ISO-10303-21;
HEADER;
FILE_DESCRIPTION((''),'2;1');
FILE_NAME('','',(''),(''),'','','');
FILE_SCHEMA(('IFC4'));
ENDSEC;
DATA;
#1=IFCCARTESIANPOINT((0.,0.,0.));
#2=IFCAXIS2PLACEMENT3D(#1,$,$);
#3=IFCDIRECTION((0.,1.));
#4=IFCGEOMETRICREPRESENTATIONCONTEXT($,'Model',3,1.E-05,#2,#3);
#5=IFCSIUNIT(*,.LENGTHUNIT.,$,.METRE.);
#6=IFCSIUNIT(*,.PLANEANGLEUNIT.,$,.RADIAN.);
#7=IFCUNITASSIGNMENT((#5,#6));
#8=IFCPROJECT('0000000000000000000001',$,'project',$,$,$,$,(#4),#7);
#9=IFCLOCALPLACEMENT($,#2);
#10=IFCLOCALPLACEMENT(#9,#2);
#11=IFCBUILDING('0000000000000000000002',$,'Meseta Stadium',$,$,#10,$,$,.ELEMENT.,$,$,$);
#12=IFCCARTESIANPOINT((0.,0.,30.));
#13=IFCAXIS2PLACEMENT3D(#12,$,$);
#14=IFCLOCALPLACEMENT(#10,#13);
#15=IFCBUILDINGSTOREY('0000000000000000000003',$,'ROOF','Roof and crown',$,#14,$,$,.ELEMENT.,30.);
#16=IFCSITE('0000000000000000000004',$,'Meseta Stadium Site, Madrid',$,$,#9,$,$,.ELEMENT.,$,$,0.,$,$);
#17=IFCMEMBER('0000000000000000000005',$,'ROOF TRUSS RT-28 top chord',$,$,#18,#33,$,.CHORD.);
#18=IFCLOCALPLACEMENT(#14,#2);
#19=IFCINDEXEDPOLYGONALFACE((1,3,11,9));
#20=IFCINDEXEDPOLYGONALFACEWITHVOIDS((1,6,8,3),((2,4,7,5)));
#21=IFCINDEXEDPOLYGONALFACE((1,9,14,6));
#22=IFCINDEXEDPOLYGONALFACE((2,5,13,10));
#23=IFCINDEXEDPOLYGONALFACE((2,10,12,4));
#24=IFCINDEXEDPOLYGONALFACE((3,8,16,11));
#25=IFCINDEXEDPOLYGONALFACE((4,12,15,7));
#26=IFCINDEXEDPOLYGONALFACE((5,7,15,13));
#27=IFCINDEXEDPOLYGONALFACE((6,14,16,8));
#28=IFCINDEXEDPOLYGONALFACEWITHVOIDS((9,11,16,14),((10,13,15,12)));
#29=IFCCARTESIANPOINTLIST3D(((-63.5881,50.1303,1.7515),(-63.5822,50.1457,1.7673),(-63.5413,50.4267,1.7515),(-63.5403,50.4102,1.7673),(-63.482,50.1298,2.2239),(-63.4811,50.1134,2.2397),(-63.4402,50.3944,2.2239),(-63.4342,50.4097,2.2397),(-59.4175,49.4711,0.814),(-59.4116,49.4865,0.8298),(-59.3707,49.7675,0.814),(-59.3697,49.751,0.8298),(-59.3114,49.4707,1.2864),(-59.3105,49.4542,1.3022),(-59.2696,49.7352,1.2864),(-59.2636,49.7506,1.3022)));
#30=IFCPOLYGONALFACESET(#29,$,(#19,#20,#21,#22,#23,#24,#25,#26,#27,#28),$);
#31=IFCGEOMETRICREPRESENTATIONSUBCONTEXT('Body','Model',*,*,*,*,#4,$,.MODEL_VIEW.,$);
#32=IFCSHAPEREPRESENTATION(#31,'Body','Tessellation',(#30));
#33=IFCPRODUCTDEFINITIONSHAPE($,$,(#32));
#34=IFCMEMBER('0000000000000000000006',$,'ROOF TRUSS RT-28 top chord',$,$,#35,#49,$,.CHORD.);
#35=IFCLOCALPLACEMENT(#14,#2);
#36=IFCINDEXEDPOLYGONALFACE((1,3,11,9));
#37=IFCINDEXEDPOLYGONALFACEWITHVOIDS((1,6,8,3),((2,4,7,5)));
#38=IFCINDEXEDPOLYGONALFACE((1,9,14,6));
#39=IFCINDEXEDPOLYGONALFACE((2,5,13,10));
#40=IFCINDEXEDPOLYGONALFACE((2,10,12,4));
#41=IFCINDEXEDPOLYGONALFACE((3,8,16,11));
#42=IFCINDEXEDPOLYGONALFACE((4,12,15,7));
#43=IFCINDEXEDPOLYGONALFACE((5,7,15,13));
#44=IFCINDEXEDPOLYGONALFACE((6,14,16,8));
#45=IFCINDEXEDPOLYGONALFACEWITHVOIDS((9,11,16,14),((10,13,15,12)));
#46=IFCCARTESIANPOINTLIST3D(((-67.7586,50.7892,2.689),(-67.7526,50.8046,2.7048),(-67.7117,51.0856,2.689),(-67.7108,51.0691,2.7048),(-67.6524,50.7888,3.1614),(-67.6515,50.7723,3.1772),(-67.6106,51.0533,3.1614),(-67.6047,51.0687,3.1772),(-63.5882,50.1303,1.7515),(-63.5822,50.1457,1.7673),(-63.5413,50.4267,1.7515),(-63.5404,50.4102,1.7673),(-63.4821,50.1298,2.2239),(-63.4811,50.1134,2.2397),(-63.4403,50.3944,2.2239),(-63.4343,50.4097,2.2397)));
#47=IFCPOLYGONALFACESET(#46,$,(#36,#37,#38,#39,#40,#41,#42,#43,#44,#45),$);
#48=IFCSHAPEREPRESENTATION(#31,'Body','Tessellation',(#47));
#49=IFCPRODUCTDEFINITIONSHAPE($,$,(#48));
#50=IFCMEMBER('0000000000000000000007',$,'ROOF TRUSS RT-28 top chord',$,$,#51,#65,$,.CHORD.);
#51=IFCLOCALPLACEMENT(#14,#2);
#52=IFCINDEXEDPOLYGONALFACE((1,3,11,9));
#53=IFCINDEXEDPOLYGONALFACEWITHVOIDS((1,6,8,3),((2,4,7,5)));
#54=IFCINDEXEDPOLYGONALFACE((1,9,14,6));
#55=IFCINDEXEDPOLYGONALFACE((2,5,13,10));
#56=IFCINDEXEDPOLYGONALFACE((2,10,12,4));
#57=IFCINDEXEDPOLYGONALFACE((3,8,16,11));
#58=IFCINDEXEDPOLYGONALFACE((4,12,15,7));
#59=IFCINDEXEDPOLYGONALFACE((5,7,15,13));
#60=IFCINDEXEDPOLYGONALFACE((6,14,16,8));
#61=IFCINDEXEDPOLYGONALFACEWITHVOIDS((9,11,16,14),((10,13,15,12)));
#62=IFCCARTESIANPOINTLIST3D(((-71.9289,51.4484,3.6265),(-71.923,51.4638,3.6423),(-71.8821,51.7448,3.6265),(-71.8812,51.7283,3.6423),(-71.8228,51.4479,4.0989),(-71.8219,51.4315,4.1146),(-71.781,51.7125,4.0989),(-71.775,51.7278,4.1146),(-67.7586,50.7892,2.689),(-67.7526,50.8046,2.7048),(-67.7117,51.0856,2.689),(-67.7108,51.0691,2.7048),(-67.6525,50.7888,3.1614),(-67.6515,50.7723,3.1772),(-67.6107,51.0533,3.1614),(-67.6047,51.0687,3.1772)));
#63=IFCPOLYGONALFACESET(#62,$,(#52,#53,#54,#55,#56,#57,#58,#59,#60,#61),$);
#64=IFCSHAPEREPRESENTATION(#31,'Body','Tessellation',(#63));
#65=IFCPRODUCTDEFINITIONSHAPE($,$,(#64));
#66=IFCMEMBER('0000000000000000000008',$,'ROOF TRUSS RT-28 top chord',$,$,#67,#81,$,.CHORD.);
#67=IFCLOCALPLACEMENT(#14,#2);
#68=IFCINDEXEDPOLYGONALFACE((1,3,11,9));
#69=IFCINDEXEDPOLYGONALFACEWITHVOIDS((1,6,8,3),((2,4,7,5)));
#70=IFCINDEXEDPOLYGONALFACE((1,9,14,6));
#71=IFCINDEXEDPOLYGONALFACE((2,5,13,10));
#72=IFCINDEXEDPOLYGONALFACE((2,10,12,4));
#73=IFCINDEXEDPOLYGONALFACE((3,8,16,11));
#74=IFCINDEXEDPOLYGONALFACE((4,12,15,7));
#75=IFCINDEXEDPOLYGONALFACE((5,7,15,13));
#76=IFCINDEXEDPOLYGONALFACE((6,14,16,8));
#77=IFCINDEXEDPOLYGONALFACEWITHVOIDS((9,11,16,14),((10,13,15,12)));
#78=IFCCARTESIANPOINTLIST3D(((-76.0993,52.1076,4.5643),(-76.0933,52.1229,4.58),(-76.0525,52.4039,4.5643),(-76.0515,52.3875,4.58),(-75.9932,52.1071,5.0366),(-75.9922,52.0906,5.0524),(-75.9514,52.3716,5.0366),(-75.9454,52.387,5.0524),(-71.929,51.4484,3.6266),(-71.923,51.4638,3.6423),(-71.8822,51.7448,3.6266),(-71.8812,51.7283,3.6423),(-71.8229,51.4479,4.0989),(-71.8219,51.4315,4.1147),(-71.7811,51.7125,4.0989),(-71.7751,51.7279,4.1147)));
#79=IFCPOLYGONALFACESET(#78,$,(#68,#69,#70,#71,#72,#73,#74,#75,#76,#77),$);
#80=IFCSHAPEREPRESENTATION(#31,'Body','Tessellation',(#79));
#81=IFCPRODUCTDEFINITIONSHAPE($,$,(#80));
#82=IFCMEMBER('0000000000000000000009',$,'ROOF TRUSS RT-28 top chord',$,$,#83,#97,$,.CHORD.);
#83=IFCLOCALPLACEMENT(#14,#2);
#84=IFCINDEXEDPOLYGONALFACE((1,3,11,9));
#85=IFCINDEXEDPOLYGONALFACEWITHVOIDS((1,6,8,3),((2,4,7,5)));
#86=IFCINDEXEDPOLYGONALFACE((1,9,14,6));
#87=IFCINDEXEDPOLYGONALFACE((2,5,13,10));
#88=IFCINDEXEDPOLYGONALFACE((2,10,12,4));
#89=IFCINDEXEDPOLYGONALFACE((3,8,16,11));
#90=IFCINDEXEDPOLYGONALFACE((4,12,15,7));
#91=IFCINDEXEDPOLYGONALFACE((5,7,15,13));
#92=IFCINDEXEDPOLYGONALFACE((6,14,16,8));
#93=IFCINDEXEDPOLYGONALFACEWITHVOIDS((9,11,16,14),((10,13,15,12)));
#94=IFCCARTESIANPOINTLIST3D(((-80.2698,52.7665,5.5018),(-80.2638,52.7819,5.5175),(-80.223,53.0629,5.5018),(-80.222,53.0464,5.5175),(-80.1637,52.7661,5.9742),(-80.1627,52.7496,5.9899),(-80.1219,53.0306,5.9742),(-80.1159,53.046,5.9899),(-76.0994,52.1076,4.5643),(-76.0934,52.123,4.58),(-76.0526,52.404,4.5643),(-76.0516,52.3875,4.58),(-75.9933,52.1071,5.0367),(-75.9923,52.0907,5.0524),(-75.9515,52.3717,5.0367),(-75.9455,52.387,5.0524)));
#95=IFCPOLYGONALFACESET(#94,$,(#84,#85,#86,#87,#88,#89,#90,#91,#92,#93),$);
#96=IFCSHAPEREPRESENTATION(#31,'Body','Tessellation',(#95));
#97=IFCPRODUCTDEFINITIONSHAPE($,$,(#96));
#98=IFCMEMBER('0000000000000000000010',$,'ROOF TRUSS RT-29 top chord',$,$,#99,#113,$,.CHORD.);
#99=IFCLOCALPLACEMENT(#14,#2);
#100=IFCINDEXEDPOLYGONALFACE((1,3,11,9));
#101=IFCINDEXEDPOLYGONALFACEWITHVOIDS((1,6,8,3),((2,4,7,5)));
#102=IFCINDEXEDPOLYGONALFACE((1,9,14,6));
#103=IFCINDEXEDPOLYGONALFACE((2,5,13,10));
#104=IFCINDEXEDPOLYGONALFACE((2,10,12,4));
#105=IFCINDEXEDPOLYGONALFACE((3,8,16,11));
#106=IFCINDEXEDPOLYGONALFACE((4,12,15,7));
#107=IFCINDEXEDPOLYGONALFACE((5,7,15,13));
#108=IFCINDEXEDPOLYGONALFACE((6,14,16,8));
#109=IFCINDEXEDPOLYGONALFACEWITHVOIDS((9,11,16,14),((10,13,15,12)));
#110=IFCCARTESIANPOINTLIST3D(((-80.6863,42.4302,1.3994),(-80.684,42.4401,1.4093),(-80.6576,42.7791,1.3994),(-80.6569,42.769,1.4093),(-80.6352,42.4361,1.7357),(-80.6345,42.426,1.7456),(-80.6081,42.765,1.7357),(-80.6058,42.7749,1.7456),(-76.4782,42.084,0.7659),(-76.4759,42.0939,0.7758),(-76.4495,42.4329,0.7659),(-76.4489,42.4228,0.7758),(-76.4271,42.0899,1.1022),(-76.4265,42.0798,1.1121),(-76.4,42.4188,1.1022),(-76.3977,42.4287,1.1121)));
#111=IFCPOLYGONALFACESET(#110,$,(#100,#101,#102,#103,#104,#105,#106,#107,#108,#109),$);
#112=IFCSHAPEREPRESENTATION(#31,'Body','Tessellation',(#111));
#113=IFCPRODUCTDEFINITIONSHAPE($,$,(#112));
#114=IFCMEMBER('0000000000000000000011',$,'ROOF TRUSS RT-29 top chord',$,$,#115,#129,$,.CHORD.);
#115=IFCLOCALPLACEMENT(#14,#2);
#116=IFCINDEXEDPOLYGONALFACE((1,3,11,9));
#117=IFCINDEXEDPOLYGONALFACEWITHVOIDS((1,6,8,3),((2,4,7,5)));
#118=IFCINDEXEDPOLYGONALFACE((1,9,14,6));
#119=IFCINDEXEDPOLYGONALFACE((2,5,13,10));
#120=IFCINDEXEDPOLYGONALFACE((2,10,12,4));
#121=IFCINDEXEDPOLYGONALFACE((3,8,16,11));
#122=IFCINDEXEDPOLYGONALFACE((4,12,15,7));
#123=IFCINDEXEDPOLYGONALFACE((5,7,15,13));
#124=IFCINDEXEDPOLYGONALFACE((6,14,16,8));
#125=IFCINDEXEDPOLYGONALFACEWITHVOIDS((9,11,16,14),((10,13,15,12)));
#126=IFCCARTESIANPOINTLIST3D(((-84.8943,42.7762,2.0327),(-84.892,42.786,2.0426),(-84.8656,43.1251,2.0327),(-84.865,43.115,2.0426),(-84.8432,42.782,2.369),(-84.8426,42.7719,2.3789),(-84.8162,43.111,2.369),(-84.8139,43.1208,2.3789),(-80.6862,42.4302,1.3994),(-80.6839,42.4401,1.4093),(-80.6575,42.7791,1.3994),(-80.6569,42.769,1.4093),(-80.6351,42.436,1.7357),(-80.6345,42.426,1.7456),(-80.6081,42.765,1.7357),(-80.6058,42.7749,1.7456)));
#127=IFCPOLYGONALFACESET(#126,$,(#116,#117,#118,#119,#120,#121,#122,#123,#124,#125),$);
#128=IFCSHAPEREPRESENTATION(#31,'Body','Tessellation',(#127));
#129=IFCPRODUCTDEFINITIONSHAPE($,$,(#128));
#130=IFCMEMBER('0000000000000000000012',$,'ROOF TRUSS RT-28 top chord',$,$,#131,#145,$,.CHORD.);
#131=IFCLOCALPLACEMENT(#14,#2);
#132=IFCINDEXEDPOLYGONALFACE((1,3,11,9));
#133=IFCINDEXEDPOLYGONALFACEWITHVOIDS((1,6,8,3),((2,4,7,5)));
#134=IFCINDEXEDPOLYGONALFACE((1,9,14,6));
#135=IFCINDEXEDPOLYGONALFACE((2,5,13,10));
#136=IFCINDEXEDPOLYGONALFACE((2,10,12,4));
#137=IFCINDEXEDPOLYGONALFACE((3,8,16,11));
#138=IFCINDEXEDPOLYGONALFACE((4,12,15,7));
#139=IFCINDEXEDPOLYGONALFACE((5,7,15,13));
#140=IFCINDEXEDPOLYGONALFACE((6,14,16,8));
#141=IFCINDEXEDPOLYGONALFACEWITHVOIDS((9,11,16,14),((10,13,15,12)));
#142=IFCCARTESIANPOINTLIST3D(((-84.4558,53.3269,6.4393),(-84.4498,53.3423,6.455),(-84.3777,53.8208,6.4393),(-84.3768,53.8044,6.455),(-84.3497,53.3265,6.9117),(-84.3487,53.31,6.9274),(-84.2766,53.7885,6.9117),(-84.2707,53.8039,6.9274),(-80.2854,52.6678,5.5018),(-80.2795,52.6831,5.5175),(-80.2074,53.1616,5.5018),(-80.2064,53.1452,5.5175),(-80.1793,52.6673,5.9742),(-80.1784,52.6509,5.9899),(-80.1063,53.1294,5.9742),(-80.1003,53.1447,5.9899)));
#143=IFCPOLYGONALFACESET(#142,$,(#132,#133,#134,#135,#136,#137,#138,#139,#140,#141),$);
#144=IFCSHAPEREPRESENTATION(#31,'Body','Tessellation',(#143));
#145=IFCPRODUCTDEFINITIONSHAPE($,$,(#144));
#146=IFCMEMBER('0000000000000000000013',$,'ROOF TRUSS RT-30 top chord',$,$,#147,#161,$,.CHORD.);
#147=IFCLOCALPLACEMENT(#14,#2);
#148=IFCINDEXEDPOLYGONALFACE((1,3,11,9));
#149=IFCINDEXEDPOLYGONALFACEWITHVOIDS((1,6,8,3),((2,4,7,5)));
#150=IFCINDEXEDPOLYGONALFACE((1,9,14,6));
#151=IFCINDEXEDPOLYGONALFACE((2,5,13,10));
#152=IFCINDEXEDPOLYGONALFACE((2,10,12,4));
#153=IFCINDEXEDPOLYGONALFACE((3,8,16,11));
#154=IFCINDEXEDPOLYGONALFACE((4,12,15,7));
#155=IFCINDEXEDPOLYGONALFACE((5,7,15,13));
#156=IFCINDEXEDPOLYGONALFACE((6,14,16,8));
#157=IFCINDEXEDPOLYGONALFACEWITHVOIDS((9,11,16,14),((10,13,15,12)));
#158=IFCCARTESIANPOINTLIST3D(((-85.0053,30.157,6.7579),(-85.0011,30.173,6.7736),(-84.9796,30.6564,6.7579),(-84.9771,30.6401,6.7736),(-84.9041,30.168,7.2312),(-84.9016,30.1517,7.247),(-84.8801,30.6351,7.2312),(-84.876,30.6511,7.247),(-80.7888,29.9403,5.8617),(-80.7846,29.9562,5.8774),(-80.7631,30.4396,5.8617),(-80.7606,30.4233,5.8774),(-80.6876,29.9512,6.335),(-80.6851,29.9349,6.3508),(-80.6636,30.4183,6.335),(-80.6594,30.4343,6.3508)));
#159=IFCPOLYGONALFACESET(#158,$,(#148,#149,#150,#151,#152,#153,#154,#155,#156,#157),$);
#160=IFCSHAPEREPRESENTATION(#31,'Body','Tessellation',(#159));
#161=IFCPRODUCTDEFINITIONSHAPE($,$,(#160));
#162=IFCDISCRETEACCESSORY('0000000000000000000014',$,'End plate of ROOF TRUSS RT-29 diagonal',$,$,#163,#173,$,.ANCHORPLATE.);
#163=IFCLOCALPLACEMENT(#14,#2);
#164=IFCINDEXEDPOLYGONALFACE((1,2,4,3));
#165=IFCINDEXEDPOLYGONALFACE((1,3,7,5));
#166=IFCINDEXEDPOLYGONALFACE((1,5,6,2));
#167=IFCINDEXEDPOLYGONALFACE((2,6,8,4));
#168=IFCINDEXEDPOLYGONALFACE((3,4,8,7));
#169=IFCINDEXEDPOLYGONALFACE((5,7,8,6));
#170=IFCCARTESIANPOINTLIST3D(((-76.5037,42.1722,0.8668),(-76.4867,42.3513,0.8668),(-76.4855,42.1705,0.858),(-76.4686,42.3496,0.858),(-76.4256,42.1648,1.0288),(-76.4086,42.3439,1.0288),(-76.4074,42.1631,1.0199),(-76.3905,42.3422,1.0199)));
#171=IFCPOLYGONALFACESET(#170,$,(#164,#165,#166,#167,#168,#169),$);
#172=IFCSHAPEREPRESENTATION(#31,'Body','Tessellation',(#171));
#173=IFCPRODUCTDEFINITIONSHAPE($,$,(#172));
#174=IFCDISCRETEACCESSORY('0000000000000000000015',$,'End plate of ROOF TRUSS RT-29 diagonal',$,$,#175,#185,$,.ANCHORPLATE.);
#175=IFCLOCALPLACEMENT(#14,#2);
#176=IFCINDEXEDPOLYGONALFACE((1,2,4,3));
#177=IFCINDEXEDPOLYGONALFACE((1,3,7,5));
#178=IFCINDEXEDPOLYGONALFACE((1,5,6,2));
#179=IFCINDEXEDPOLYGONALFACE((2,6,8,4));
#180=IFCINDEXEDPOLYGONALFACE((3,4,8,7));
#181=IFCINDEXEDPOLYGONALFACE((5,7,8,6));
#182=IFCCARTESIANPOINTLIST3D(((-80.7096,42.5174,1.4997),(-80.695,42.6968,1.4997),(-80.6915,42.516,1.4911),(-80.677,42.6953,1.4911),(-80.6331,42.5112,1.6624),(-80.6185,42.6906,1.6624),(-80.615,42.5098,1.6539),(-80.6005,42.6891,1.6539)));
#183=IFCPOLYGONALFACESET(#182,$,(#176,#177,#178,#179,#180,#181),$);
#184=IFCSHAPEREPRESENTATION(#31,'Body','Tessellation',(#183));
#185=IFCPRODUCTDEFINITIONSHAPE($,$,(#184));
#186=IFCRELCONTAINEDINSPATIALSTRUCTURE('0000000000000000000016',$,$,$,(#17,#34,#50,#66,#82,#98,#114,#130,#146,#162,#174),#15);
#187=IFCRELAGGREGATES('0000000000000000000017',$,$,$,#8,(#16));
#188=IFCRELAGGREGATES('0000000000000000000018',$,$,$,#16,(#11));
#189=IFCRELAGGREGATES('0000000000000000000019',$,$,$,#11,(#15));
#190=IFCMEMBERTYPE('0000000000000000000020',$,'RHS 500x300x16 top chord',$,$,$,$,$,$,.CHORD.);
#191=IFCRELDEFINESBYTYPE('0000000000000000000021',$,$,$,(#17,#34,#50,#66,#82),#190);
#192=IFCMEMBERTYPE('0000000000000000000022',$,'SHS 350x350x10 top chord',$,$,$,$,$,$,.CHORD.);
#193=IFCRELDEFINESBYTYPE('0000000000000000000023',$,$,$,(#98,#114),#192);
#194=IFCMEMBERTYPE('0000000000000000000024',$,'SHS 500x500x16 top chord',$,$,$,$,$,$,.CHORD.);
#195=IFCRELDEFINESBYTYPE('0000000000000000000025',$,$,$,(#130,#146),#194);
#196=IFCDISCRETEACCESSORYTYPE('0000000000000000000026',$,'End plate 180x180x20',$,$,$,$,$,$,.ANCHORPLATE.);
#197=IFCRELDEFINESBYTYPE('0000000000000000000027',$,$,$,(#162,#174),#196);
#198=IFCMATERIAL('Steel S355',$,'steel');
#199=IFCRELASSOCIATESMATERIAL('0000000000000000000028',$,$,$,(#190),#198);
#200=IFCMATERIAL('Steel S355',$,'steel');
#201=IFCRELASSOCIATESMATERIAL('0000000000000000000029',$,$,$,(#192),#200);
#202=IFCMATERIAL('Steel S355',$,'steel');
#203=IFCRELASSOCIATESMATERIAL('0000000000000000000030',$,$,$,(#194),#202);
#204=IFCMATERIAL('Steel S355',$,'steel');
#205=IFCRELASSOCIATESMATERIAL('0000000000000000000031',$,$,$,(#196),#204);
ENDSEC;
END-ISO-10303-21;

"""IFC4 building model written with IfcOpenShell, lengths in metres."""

from ifc_helpers import new_model, si_unit, direction, frame, origin, origin_2d, place, context, subcontext, project, spatial, rectangle, hollow_rectangle, extrude, material, material_profile, profile_set, type_object, element, save


model = new_model("IFC4")

# Units and contexts
model_context = context("Model", 3, precision=1e-05, world=origin(), true_north=direction((0.0, 1.0)))
body_context = subcontext(model_context, "Body", "Model", "MODEL_VIEW")
ifc_project = project(units=[si_unit("LENGTHUNIT", "METRE"), si_unit("PLANEANGLEUNIT", "RADIAN")], contexts=[model_context])

# Site, building, storey
site_placement = place(None, origin())
site = spatial("IfcSite", under=ifc_project, at=site_placement, Name="Meseta Stadium Site, Madrid", CompositionType="ELEMENT", RefElevation=0.0)
building_placement = place(site_placement, origin())
building = spatial("IfcBuilding", under=site, at=building_placement, Name="Meseta Stadium", CompositionType="ELEMENT")
storey_placement = place(building_placement, frame((0.0, 0.0, 30.0)))
storey = spatial("IfcBuildingStorey", under=building, at=storey_placement, Name="ROOF", Description="Roof and crown", CompositionType="ELEMENT", Elevation=30.0)

# Members
ifc_material_1 = material(Name="Steel S355", Category="steel")
ifc_material_profile_1 = material_profile(ifc_material_1, hollow_rectangle(XDim=0.3, YDim=0.5, WallThickness=0.0161, at=origin_2d()), Name="RHS 500x300x16")
ifc_profile_set_1 = profile_set([ifc_material_profile_1], Name="Steel S355")
member_type_1 = type_object("IfcMemberType", Name="RHS 500x300x16 top chord", PredefinedType="CHORD", material=ifc_profile_set_1)
member_1_placement = place(storey_placement, frame((-59.3406, 49.6108, 1.0581), z_axis=(-0.964258, 0.152403, 0.216751), x_axis=(-0.156114, -0.987739, 0.0)))
element("IfcMember", 1, at=member_1_placement, inside=storey, type_object=member_type_1, Name="ROOF TRUSS RT-28 top chord", PredefinedType="CHORD", context=body_context, shape_type="SweptSolid", body=[
    extrude(hollow_rectangle(XDim=0.3, YDim=0.5, WallThickness=0.0161, at=origin_2d()), origin(), (0.0, 0.0, 1.0), 4.3252),
])
for number, where, z_axis, x_axis, name in (
    (2, (-63.5112, 50.27, 1.9956), (-0.964262, 0.152356, 0.216764), (-0.156066, -0.987747, 0.0), "ROOF TRUSS RT-28 top chord"),
    (3, (-67.6816, 50.929, 2.9331), (-0.964254, 0.152411, 0.216762), (-0.156123, -0.987738, 0.0), "ROOF TRUSS RT-28 top chord"),
    (4, (-71.8521, 51.5881, 3.8706), (-0.964242, 0.152409, 0.216816), (-0.156123, -0.987738, 0.0), "ROOF TRUSS RT-28 top chord"),
    (5, (-76.0225, 52.2473, 4.8083), (-0.964262, 0.152356, 0.216764), (-0.156066, -0.987747, 0.0), "ROOF TRUSS RT-28 top chord"),
):
    element("IfcMember", number, at=place(storey_placement, frame(where, z_axis=z_axis, x_axis=x_axis)), inside=storey, type_object=member_type_1, Name=name, PredefinedType="CHORD", context=body_context, shape_type="SweptSolid", body=[
        extrude(hollow_rectangle(XDim=0.3, YDim=0.5, WallThickness=0.0161, at=origin_2d()), origin(), (0.0, 0.0, 1.0), 4.325),
    ])
ifc_material_2 = material(Name="Steel S355", Category="steel")
ifc_material_profile_2 = material_profile(ifc_material_2, hollow_rectangle(XDim=0.3501, YDim=0.3501, WallThickness=0.01, at=origin_2d()), Name="SHS 350x350x10")
ifc_profile_set_2 = profile_set([ifc_material_profile_2], Name="Steel S355")
member_type_2 = type_object("IfcMemberType", Name="SHS 350x350x10 top chord", PredefinedType="CHORD", material=ifc_profile_set_2)
for number, where, z_axis, x_axis, name in (
    (6, (-76.438, 42.2563, 0.939), (-0.985599, 0.081085, 0.148389), (-0.081993, -0.996633, 0.0), "ROOF TRUSS RT-29 top chord"),
    (7, (-80.646, 42.6025, 1.5725), (-0.985612, 0.081029, 0.148334), (-0.081935, -0.996638, 0.0), "ROOF TRUSS RT-29 top chord"),
):
    element("IfcMember", number, at=place(storey_placement, frame(where, z_axis=z_axis, x_axis=x_axis)), inside=storey, type_object=member_type_2, Name=name, PredefinedType="CHORD", context=body_context, shape_type="SweptSolid", body=[
        extrude(hollow_rectangle(XDim=0.3501, YDim=0.3501, WallThickness=0.01, at=origin_2d()), origin(), (0.0, 0.0, 1.0), 4.2695),
    ])
ifc_material_3 = material(Name="Steel S355", Category="steel")
ifc_material_profile_3 = material_profile(ifc_material_3, hollow_rectangle(XDim=0.5, YDim=0.5, WallThickness=0.0161, at=origin_2d()), Name="SHS 500x500x16")
ifc_profile_set_3 = profile_set([ifc_material_profile_3], Name="Steel S355")
member_type_3 = type_object("IfcMemberType", Name="SHS 500x500x16 top chord", PredefinedType="CHORD", material=ifc_profile_set_3)
member_2_placement = place(storey_placement, frame((-80.1929, 52.9062, 5.7458), z_axis=(-0.964254, 0.152411, 0.216762), x_axis=(-0.156123, -0.987738, 0.0)))
element("IfcMember", 8, at=member_2_placement, inside=storey, type_object=member_type_3, Name="ROOF TRUSS RT-28 top chord", PredefinedType="CHORD", context=body_context, shape_type="SweptSolid", body=[
    extrude(hollow_rectangle(XDim=0.5, YDim=0.5, WallThickness=0.0161, at=origin_2d()), origin(), (0.0, 0.0, 1.0), 4.325),
])
member_3_placement = place(storey_placement, frame((-80.7241, 30.1873, 6.1062), z_axis=(-0.976914, 0.050229, 0.207646), x_axis=(-0.051348, -0.998681, 0.0)))
element("IfcMember", 9, at=member_3_placement, inside=storey, type_object=member_type_3, Name="ROOF TRUSS RT-30 top chord", PredefinedType="CHORD", context=body_context, shape_type="SweptSolid", body=[
    extrude(hollow_rectangle(XDim=0.5, YDim=0.5, WallThickness=0.0161, at=origin_2d()), origin(), (0.0, 0.0, 1.0), 4.3162),
])

# Discrete accessories
ifc_material_4 = material(Name="Steel S355", Category="steel")
ifc_material_profile_4 = material_profile(ifc_material_4, rectangle(XDim=0.1799, YDim=0.1799, at=origin_2d()), Name="PL 180x180")
ifc_profile_set_4 = profile_set([ifc_material_profile_4], Name="Steel S355")
discrete_accessory_type_1 = type_object("IfcDiscreteAccessoryType", Name="End plate 180x180x20", PredefinedType="ANCHORPLATE", material=ifc_profile_set_4)
discrete_accessory_1_placement = place(storey_placement, frame((-76.438, 42.2563, 0.939), z_axis=(-0.895999, 0.084757, 0.435892), x_axis=(-0.094174, -0.995556, 0.0)))
element("IfcDiscreteAccessory", 10, at=discrete_accessory_1_placement, inside=storey, type_object=discrete_accessory_type_1, Name="End plate of ROOF TRUSS RT-29 diagonal", PredefinedType="ANCHORPLATE", context=body_context, shape_type="SweptSolid", body=[
    extrude(rectangle(XDim=0.1799, YDim=0.1799, at=origin_2d()), origin(), (0.0, 0.0, 1.0), 0.0203),
])
discrete_accessory_2_placement = place(storey_placement, frame((-80.646, 42.6025, 1.5725), z_axis=(-0.901568, 0.0731, 0.426417), x_axis=(-0.080816, -0.996729, 0.0)))
element("IfcDiscreteAccessory", 11, at=discrete_accessory_2_placement, inside=storey, type_object=discrete_accessory_type_1, Name="End plate of ROOF TRUSS RT-29 diagonal", PredefinedType="ANCHORPLATE", context=body_context, shape_type="SweptSolid", body=[
    extrude(rectangle(XDim=0.1799, YDim=0.1799, at=origin_2d()), origin(), (0.0, 0.0, 1.0), 0.02),
])

save(model, "model.ifc")
